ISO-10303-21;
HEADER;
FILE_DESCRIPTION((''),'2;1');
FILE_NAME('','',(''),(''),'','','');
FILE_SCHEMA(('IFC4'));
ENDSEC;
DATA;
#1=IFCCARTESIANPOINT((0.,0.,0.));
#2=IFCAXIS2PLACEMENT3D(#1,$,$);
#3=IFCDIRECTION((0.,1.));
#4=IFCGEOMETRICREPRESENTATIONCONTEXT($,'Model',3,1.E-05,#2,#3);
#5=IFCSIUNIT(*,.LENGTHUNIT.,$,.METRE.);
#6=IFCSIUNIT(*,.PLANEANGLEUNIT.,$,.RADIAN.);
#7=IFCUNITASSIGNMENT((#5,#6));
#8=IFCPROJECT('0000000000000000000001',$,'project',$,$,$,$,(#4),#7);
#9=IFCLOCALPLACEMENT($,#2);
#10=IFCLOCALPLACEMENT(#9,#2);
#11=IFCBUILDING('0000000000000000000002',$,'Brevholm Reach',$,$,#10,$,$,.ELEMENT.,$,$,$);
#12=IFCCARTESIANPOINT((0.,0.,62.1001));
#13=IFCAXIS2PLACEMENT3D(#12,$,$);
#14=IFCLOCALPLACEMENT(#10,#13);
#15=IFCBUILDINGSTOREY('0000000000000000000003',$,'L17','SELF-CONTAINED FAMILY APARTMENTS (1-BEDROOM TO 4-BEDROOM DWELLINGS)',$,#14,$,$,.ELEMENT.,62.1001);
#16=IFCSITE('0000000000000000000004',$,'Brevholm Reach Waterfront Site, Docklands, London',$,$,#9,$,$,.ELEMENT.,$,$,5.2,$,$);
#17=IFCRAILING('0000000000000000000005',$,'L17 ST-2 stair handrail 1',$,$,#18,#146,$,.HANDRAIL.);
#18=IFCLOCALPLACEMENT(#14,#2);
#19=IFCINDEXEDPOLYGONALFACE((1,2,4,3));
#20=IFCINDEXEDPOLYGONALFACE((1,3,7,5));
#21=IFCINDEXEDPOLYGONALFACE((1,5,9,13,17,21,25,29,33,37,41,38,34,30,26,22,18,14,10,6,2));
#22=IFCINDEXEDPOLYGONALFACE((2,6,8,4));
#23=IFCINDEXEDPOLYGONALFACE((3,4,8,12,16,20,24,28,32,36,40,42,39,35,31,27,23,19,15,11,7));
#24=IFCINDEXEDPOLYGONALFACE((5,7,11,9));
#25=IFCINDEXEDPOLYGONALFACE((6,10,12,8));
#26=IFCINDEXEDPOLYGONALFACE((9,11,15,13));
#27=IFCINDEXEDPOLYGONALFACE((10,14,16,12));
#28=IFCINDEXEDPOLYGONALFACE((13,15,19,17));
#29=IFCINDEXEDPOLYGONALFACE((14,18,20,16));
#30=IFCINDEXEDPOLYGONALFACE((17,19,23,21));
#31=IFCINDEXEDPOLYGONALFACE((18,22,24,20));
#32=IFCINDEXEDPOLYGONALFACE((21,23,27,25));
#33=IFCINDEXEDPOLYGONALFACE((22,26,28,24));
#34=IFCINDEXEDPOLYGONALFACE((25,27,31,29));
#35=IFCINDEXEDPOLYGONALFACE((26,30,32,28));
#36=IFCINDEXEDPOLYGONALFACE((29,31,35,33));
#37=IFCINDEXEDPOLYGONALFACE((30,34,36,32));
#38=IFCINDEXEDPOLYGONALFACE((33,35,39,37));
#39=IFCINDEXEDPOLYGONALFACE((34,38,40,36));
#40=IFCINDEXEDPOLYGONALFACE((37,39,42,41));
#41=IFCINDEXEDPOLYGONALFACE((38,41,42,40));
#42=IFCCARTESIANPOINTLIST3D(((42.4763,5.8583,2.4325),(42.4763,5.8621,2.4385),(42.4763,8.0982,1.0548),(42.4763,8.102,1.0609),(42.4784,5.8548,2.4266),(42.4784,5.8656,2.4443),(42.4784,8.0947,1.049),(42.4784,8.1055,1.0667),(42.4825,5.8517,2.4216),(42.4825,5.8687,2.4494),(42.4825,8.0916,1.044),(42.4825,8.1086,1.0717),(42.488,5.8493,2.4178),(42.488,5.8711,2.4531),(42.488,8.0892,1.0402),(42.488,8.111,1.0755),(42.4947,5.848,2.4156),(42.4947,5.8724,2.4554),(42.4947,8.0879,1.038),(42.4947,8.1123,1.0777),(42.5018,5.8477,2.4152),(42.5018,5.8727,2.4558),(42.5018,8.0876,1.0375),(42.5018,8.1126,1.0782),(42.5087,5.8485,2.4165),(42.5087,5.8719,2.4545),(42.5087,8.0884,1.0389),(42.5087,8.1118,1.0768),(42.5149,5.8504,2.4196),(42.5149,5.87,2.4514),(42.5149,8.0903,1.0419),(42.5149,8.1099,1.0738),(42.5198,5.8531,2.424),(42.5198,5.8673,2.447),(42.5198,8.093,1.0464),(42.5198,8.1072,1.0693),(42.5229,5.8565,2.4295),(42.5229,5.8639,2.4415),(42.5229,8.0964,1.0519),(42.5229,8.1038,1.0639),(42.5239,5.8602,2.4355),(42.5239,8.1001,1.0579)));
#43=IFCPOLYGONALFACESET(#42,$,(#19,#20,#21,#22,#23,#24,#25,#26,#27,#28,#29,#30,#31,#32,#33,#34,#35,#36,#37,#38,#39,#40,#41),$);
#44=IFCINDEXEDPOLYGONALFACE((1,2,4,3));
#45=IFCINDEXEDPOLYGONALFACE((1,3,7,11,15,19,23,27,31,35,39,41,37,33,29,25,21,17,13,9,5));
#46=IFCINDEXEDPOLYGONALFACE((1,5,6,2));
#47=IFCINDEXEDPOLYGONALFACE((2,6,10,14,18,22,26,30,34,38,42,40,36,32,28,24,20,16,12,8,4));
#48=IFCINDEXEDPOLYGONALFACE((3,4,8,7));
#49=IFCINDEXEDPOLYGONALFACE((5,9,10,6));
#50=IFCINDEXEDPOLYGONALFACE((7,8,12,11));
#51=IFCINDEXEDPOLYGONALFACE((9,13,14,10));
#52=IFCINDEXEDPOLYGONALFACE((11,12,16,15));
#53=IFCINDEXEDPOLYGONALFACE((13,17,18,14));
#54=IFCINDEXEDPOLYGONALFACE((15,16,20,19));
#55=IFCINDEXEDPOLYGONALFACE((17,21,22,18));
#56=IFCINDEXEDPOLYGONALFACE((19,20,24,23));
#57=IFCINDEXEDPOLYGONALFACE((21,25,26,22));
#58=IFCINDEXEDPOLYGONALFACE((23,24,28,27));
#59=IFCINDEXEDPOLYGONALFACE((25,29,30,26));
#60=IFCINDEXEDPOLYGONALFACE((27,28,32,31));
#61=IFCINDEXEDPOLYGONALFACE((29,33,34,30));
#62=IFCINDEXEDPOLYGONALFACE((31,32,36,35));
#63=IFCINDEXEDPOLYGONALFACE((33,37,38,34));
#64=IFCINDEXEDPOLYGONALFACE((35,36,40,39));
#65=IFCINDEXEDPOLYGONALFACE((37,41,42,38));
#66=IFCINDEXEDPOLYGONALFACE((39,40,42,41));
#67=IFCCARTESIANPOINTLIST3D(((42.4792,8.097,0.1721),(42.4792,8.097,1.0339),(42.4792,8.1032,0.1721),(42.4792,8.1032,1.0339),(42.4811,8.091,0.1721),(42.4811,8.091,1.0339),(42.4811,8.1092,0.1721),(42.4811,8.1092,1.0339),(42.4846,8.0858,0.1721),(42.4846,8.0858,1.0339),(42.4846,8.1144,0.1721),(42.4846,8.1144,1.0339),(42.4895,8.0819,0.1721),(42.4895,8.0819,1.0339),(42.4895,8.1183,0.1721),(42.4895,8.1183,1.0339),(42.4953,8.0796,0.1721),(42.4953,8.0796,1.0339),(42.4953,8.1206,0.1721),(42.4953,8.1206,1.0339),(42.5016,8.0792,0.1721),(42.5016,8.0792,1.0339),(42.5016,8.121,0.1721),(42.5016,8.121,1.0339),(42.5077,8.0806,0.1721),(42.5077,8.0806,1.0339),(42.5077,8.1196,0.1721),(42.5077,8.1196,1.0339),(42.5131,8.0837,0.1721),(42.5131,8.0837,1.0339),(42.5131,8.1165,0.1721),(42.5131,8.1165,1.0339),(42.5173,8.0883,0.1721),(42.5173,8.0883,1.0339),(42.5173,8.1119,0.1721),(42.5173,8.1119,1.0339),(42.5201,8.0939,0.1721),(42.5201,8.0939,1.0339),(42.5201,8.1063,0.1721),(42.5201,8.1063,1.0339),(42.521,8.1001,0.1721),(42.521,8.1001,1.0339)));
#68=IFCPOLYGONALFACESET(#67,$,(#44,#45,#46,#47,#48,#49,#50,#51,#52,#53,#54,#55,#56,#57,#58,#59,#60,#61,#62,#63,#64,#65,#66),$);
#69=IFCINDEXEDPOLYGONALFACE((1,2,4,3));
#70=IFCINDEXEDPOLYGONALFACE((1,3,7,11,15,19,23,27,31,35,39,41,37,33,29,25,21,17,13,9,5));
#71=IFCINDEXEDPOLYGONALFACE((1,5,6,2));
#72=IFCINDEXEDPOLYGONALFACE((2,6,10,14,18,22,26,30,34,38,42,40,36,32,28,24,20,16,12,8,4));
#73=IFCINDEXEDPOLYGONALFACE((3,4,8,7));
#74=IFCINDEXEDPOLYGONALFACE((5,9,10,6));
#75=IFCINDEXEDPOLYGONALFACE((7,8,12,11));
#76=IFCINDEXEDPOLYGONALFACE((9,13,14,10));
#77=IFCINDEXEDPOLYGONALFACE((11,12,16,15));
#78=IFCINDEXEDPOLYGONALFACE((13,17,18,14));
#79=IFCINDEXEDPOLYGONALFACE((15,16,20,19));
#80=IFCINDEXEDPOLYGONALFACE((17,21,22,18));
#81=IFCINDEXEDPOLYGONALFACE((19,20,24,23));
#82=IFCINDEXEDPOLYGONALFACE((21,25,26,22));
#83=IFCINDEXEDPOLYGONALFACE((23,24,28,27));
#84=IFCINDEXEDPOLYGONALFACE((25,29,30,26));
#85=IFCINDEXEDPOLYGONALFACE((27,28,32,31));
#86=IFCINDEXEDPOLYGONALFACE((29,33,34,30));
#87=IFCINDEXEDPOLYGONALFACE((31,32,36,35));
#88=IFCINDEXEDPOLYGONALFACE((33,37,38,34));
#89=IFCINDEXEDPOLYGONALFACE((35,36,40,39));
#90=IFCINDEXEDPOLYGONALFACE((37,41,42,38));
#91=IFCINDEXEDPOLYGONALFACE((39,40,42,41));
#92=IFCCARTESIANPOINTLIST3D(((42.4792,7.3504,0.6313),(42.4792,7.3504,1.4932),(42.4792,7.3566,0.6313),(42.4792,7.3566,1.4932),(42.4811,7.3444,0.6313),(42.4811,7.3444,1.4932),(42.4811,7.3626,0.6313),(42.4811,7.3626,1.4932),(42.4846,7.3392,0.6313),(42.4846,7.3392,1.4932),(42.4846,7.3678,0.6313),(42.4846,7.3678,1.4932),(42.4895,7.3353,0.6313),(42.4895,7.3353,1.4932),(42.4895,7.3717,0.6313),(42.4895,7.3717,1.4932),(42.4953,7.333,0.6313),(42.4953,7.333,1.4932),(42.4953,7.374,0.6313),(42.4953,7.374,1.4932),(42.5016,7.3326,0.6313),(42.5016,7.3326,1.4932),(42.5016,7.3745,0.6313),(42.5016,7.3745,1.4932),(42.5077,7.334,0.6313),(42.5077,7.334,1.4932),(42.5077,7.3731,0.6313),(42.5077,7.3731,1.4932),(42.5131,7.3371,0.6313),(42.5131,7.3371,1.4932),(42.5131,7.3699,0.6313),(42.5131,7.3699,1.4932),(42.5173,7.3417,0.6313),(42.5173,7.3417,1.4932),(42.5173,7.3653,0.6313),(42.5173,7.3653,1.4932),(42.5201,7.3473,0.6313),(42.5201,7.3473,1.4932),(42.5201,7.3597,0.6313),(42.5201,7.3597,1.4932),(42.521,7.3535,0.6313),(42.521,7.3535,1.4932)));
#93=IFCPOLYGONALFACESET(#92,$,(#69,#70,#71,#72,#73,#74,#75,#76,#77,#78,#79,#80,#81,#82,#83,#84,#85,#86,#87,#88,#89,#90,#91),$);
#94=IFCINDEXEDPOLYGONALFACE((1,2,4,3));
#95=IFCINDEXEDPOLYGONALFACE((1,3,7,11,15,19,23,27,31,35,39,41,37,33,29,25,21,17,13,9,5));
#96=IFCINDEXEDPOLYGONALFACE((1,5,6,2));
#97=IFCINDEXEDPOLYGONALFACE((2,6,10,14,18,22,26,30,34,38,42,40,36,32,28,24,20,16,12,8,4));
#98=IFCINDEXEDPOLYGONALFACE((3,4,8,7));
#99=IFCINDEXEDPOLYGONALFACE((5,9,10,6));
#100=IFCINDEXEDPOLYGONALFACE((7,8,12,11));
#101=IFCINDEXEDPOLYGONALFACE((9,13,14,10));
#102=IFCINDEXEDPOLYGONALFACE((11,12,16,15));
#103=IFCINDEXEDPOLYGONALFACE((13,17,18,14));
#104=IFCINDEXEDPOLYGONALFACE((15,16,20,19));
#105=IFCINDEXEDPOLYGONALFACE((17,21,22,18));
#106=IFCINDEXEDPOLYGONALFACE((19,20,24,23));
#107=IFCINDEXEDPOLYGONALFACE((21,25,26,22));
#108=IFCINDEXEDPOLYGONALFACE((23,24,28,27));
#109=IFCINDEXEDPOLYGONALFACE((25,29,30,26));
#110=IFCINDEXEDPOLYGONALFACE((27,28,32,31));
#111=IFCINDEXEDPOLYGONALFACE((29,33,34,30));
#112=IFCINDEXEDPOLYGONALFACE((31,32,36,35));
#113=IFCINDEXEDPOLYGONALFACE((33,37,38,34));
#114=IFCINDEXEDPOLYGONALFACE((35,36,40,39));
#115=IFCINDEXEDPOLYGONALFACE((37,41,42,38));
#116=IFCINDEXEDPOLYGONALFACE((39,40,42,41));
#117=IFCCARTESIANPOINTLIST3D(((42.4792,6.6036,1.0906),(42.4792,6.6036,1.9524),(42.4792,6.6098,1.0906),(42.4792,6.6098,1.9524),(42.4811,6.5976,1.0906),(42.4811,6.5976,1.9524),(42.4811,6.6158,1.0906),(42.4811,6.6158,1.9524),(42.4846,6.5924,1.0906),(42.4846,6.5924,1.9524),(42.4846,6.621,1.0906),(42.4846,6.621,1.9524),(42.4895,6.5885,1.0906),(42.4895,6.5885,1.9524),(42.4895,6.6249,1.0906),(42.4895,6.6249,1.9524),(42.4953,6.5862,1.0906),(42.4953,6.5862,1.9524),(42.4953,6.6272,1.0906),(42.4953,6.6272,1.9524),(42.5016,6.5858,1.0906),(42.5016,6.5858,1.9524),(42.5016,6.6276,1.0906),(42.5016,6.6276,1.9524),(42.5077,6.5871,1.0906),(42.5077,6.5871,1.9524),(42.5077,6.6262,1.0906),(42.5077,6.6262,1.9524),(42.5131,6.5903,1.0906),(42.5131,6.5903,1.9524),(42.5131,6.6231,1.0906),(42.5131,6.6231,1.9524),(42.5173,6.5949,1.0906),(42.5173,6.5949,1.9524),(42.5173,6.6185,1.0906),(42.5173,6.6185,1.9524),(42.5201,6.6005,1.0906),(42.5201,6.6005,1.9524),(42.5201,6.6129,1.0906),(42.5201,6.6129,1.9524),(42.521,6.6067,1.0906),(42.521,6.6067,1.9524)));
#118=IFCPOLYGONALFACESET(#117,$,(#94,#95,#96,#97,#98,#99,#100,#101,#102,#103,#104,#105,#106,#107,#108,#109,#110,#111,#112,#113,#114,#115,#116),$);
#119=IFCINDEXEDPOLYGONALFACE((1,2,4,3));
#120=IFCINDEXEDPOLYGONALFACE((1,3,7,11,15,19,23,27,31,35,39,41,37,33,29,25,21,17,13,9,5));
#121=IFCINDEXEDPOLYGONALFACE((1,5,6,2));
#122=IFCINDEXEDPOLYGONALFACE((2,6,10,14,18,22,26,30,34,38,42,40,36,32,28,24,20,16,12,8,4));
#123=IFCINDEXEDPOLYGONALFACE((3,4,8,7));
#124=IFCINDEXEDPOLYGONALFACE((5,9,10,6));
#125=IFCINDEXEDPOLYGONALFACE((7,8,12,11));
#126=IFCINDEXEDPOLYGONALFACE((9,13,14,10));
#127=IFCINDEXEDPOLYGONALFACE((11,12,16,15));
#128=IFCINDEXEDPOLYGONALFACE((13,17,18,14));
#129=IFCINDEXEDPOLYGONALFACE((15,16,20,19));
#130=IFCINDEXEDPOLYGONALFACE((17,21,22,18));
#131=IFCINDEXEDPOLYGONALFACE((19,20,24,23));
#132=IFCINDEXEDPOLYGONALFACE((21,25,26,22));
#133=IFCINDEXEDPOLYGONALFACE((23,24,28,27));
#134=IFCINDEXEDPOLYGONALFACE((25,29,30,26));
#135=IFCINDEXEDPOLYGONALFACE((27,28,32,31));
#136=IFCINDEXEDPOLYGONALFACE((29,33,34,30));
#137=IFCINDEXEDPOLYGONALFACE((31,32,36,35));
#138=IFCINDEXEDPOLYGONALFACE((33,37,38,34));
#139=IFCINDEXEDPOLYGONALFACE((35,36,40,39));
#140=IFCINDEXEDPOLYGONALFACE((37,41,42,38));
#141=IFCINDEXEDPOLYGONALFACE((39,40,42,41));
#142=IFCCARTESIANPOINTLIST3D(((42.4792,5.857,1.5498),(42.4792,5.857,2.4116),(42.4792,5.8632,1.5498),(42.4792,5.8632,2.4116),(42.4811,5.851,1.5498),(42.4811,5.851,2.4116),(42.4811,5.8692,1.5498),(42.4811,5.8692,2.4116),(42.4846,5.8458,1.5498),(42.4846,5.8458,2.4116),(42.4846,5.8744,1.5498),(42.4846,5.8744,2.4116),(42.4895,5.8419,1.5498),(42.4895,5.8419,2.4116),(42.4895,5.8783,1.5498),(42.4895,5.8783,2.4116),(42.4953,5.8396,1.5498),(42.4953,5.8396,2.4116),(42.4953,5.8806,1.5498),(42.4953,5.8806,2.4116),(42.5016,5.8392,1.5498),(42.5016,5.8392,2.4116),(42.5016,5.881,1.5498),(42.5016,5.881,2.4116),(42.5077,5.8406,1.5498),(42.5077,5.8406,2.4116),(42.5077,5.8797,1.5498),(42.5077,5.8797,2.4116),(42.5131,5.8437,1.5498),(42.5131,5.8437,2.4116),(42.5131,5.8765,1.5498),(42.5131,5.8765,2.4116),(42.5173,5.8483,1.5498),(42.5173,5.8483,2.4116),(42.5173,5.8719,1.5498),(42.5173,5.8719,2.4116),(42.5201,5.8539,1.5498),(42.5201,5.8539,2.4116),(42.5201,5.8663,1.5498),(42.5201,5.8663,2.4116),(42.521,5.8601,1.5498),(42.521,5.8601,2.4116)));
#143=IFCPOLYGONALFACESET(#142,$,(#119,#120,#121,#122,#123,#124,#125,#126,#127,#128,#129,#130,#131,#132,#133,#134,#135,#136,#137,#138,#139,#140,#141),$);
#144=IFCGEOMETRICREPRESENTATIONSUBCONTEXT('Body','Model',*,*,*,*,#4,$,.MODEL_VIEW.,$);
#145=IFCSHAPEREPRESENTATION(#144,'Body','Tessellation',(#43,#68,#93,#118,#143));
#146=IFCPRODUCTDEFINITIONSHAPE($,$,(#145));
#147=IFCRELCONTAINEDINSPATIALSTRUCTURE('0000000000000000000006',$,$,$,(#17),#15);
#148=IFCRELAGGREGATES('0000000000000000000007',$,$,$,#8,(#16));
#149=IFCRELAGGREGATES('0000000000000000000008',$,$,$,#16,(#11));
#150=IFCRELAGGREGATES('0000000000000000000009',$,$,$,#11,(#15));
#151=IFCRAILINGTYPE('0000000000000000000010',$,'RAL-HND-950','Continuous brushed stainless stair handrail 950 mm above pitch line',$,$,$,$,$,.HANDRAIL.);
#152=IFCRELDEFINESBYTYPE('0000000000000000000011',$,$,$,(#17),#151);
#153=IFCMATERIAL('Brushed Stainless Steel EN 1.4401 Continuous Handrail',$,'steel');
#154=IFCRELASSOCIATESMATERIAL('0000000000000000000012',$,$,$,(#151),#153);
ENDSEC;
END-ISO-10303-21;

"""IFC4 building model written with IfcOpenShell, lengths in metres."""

from ifc_helpers import new_model, si_unit, direction, frame, origin, origin_2d, place, context, subcontext, project, spatial, circle, extrude, material, type_object, element, save


model = new_model("IFC4")

# Units and contexts
model_context = context("Model", 3, precision=1e-05, world=origin(), true_north=direction((0.0, 1.0)))
body_context = subcontext(model_context, "Body", "Model", "MODEL_VIEW")
ifc_project = project(units=[si_unit("LENGTHUNIT", "METRE"), si_unit("PLANEANGLEUNIT", "RADIAN")], contexts=[model_context])

# Site, building, storey
site_placement = place(None, origin())
site = spatial("IfcSite", under=ifc_project, at=site_placement, Name="Brevholm Reach Waterfront Site, Docklands, London", CompositionType="ELEMENT", RefElevation=5.2)
building_placement = place(site_placement, origin())
building = spatial("IfcBuilding", under=site, at=building_placement, Name="Brevholm Reach", CompositionType="ELEMENT")
storey_placement = place(building_placement, frame((0.0, 0.0, 62.1001)))
storey = spatial("IfcBuildingStorey", under=building, at=storey_placement, Name="L17", Description="SELF-CONTAINED FAMILY APARTMENTS (1-BEDROOM TO 4-BEDROOM DWELLINGS)", CompositionType="ELEMENT", Elevation=62.1001)

# Railing
ifc_material_1 = material(Name="Brushed Stainless Steel EN 1.4401 Continuous Handrail", Category="steel")
railing_type_1 = type_object("IfcRailingType", Name="RAL-HND-950", Description="Continuous brushed stainless stair handrail 950 mm above pitch line", PredefinedType="HANDRAIL", material=ifc_material_1)
railing_1_placement = place(storey_placement, frame((42.5, 8.1001, 0.1721)))
element("IfcRailing", 1, at=railing_1_placement, inside=storey, type_object=railing_type_1, Name="L17 ST-2 stair handrail 1", PredefinedType="HANDRAIL", context=body_context, shape_type="SweptSolid", body=[
    extrude(circle(Radius=0.0239, at=origin_2d()), frame((0.0, 0.0, 0.8857), z_axis=(0.0, -0.851789, 0.523885), x_axis=(1.0, 0.0, 0.0)), (0.0, 0.0, 1.0), 2.6296),
    extrude(circle(Radius=0.021, at=origin_2d()), origin(), (0.0, 0.0, 1.0), 0.8618),
    extrude(circle(Radius=0.021, at=origin_2d()), frame((0.0, -0.7466, 0.4592)), (0.0, 0.0, 1.0), 0.8618),
    extrude(circle(Radius=0.021, at=origin_2d()), frame((0.0, -1.4934, 0.9185)), (0.0, 0.0, 1.0), 0.8618),
    extrude(circle(Radius=0.021, at=origin_2d()), frame((0.0, -2.24, 1.3777)), (0.0, 0.0, 1.0), 0.8618),
])

save(model, "model.ifc")
